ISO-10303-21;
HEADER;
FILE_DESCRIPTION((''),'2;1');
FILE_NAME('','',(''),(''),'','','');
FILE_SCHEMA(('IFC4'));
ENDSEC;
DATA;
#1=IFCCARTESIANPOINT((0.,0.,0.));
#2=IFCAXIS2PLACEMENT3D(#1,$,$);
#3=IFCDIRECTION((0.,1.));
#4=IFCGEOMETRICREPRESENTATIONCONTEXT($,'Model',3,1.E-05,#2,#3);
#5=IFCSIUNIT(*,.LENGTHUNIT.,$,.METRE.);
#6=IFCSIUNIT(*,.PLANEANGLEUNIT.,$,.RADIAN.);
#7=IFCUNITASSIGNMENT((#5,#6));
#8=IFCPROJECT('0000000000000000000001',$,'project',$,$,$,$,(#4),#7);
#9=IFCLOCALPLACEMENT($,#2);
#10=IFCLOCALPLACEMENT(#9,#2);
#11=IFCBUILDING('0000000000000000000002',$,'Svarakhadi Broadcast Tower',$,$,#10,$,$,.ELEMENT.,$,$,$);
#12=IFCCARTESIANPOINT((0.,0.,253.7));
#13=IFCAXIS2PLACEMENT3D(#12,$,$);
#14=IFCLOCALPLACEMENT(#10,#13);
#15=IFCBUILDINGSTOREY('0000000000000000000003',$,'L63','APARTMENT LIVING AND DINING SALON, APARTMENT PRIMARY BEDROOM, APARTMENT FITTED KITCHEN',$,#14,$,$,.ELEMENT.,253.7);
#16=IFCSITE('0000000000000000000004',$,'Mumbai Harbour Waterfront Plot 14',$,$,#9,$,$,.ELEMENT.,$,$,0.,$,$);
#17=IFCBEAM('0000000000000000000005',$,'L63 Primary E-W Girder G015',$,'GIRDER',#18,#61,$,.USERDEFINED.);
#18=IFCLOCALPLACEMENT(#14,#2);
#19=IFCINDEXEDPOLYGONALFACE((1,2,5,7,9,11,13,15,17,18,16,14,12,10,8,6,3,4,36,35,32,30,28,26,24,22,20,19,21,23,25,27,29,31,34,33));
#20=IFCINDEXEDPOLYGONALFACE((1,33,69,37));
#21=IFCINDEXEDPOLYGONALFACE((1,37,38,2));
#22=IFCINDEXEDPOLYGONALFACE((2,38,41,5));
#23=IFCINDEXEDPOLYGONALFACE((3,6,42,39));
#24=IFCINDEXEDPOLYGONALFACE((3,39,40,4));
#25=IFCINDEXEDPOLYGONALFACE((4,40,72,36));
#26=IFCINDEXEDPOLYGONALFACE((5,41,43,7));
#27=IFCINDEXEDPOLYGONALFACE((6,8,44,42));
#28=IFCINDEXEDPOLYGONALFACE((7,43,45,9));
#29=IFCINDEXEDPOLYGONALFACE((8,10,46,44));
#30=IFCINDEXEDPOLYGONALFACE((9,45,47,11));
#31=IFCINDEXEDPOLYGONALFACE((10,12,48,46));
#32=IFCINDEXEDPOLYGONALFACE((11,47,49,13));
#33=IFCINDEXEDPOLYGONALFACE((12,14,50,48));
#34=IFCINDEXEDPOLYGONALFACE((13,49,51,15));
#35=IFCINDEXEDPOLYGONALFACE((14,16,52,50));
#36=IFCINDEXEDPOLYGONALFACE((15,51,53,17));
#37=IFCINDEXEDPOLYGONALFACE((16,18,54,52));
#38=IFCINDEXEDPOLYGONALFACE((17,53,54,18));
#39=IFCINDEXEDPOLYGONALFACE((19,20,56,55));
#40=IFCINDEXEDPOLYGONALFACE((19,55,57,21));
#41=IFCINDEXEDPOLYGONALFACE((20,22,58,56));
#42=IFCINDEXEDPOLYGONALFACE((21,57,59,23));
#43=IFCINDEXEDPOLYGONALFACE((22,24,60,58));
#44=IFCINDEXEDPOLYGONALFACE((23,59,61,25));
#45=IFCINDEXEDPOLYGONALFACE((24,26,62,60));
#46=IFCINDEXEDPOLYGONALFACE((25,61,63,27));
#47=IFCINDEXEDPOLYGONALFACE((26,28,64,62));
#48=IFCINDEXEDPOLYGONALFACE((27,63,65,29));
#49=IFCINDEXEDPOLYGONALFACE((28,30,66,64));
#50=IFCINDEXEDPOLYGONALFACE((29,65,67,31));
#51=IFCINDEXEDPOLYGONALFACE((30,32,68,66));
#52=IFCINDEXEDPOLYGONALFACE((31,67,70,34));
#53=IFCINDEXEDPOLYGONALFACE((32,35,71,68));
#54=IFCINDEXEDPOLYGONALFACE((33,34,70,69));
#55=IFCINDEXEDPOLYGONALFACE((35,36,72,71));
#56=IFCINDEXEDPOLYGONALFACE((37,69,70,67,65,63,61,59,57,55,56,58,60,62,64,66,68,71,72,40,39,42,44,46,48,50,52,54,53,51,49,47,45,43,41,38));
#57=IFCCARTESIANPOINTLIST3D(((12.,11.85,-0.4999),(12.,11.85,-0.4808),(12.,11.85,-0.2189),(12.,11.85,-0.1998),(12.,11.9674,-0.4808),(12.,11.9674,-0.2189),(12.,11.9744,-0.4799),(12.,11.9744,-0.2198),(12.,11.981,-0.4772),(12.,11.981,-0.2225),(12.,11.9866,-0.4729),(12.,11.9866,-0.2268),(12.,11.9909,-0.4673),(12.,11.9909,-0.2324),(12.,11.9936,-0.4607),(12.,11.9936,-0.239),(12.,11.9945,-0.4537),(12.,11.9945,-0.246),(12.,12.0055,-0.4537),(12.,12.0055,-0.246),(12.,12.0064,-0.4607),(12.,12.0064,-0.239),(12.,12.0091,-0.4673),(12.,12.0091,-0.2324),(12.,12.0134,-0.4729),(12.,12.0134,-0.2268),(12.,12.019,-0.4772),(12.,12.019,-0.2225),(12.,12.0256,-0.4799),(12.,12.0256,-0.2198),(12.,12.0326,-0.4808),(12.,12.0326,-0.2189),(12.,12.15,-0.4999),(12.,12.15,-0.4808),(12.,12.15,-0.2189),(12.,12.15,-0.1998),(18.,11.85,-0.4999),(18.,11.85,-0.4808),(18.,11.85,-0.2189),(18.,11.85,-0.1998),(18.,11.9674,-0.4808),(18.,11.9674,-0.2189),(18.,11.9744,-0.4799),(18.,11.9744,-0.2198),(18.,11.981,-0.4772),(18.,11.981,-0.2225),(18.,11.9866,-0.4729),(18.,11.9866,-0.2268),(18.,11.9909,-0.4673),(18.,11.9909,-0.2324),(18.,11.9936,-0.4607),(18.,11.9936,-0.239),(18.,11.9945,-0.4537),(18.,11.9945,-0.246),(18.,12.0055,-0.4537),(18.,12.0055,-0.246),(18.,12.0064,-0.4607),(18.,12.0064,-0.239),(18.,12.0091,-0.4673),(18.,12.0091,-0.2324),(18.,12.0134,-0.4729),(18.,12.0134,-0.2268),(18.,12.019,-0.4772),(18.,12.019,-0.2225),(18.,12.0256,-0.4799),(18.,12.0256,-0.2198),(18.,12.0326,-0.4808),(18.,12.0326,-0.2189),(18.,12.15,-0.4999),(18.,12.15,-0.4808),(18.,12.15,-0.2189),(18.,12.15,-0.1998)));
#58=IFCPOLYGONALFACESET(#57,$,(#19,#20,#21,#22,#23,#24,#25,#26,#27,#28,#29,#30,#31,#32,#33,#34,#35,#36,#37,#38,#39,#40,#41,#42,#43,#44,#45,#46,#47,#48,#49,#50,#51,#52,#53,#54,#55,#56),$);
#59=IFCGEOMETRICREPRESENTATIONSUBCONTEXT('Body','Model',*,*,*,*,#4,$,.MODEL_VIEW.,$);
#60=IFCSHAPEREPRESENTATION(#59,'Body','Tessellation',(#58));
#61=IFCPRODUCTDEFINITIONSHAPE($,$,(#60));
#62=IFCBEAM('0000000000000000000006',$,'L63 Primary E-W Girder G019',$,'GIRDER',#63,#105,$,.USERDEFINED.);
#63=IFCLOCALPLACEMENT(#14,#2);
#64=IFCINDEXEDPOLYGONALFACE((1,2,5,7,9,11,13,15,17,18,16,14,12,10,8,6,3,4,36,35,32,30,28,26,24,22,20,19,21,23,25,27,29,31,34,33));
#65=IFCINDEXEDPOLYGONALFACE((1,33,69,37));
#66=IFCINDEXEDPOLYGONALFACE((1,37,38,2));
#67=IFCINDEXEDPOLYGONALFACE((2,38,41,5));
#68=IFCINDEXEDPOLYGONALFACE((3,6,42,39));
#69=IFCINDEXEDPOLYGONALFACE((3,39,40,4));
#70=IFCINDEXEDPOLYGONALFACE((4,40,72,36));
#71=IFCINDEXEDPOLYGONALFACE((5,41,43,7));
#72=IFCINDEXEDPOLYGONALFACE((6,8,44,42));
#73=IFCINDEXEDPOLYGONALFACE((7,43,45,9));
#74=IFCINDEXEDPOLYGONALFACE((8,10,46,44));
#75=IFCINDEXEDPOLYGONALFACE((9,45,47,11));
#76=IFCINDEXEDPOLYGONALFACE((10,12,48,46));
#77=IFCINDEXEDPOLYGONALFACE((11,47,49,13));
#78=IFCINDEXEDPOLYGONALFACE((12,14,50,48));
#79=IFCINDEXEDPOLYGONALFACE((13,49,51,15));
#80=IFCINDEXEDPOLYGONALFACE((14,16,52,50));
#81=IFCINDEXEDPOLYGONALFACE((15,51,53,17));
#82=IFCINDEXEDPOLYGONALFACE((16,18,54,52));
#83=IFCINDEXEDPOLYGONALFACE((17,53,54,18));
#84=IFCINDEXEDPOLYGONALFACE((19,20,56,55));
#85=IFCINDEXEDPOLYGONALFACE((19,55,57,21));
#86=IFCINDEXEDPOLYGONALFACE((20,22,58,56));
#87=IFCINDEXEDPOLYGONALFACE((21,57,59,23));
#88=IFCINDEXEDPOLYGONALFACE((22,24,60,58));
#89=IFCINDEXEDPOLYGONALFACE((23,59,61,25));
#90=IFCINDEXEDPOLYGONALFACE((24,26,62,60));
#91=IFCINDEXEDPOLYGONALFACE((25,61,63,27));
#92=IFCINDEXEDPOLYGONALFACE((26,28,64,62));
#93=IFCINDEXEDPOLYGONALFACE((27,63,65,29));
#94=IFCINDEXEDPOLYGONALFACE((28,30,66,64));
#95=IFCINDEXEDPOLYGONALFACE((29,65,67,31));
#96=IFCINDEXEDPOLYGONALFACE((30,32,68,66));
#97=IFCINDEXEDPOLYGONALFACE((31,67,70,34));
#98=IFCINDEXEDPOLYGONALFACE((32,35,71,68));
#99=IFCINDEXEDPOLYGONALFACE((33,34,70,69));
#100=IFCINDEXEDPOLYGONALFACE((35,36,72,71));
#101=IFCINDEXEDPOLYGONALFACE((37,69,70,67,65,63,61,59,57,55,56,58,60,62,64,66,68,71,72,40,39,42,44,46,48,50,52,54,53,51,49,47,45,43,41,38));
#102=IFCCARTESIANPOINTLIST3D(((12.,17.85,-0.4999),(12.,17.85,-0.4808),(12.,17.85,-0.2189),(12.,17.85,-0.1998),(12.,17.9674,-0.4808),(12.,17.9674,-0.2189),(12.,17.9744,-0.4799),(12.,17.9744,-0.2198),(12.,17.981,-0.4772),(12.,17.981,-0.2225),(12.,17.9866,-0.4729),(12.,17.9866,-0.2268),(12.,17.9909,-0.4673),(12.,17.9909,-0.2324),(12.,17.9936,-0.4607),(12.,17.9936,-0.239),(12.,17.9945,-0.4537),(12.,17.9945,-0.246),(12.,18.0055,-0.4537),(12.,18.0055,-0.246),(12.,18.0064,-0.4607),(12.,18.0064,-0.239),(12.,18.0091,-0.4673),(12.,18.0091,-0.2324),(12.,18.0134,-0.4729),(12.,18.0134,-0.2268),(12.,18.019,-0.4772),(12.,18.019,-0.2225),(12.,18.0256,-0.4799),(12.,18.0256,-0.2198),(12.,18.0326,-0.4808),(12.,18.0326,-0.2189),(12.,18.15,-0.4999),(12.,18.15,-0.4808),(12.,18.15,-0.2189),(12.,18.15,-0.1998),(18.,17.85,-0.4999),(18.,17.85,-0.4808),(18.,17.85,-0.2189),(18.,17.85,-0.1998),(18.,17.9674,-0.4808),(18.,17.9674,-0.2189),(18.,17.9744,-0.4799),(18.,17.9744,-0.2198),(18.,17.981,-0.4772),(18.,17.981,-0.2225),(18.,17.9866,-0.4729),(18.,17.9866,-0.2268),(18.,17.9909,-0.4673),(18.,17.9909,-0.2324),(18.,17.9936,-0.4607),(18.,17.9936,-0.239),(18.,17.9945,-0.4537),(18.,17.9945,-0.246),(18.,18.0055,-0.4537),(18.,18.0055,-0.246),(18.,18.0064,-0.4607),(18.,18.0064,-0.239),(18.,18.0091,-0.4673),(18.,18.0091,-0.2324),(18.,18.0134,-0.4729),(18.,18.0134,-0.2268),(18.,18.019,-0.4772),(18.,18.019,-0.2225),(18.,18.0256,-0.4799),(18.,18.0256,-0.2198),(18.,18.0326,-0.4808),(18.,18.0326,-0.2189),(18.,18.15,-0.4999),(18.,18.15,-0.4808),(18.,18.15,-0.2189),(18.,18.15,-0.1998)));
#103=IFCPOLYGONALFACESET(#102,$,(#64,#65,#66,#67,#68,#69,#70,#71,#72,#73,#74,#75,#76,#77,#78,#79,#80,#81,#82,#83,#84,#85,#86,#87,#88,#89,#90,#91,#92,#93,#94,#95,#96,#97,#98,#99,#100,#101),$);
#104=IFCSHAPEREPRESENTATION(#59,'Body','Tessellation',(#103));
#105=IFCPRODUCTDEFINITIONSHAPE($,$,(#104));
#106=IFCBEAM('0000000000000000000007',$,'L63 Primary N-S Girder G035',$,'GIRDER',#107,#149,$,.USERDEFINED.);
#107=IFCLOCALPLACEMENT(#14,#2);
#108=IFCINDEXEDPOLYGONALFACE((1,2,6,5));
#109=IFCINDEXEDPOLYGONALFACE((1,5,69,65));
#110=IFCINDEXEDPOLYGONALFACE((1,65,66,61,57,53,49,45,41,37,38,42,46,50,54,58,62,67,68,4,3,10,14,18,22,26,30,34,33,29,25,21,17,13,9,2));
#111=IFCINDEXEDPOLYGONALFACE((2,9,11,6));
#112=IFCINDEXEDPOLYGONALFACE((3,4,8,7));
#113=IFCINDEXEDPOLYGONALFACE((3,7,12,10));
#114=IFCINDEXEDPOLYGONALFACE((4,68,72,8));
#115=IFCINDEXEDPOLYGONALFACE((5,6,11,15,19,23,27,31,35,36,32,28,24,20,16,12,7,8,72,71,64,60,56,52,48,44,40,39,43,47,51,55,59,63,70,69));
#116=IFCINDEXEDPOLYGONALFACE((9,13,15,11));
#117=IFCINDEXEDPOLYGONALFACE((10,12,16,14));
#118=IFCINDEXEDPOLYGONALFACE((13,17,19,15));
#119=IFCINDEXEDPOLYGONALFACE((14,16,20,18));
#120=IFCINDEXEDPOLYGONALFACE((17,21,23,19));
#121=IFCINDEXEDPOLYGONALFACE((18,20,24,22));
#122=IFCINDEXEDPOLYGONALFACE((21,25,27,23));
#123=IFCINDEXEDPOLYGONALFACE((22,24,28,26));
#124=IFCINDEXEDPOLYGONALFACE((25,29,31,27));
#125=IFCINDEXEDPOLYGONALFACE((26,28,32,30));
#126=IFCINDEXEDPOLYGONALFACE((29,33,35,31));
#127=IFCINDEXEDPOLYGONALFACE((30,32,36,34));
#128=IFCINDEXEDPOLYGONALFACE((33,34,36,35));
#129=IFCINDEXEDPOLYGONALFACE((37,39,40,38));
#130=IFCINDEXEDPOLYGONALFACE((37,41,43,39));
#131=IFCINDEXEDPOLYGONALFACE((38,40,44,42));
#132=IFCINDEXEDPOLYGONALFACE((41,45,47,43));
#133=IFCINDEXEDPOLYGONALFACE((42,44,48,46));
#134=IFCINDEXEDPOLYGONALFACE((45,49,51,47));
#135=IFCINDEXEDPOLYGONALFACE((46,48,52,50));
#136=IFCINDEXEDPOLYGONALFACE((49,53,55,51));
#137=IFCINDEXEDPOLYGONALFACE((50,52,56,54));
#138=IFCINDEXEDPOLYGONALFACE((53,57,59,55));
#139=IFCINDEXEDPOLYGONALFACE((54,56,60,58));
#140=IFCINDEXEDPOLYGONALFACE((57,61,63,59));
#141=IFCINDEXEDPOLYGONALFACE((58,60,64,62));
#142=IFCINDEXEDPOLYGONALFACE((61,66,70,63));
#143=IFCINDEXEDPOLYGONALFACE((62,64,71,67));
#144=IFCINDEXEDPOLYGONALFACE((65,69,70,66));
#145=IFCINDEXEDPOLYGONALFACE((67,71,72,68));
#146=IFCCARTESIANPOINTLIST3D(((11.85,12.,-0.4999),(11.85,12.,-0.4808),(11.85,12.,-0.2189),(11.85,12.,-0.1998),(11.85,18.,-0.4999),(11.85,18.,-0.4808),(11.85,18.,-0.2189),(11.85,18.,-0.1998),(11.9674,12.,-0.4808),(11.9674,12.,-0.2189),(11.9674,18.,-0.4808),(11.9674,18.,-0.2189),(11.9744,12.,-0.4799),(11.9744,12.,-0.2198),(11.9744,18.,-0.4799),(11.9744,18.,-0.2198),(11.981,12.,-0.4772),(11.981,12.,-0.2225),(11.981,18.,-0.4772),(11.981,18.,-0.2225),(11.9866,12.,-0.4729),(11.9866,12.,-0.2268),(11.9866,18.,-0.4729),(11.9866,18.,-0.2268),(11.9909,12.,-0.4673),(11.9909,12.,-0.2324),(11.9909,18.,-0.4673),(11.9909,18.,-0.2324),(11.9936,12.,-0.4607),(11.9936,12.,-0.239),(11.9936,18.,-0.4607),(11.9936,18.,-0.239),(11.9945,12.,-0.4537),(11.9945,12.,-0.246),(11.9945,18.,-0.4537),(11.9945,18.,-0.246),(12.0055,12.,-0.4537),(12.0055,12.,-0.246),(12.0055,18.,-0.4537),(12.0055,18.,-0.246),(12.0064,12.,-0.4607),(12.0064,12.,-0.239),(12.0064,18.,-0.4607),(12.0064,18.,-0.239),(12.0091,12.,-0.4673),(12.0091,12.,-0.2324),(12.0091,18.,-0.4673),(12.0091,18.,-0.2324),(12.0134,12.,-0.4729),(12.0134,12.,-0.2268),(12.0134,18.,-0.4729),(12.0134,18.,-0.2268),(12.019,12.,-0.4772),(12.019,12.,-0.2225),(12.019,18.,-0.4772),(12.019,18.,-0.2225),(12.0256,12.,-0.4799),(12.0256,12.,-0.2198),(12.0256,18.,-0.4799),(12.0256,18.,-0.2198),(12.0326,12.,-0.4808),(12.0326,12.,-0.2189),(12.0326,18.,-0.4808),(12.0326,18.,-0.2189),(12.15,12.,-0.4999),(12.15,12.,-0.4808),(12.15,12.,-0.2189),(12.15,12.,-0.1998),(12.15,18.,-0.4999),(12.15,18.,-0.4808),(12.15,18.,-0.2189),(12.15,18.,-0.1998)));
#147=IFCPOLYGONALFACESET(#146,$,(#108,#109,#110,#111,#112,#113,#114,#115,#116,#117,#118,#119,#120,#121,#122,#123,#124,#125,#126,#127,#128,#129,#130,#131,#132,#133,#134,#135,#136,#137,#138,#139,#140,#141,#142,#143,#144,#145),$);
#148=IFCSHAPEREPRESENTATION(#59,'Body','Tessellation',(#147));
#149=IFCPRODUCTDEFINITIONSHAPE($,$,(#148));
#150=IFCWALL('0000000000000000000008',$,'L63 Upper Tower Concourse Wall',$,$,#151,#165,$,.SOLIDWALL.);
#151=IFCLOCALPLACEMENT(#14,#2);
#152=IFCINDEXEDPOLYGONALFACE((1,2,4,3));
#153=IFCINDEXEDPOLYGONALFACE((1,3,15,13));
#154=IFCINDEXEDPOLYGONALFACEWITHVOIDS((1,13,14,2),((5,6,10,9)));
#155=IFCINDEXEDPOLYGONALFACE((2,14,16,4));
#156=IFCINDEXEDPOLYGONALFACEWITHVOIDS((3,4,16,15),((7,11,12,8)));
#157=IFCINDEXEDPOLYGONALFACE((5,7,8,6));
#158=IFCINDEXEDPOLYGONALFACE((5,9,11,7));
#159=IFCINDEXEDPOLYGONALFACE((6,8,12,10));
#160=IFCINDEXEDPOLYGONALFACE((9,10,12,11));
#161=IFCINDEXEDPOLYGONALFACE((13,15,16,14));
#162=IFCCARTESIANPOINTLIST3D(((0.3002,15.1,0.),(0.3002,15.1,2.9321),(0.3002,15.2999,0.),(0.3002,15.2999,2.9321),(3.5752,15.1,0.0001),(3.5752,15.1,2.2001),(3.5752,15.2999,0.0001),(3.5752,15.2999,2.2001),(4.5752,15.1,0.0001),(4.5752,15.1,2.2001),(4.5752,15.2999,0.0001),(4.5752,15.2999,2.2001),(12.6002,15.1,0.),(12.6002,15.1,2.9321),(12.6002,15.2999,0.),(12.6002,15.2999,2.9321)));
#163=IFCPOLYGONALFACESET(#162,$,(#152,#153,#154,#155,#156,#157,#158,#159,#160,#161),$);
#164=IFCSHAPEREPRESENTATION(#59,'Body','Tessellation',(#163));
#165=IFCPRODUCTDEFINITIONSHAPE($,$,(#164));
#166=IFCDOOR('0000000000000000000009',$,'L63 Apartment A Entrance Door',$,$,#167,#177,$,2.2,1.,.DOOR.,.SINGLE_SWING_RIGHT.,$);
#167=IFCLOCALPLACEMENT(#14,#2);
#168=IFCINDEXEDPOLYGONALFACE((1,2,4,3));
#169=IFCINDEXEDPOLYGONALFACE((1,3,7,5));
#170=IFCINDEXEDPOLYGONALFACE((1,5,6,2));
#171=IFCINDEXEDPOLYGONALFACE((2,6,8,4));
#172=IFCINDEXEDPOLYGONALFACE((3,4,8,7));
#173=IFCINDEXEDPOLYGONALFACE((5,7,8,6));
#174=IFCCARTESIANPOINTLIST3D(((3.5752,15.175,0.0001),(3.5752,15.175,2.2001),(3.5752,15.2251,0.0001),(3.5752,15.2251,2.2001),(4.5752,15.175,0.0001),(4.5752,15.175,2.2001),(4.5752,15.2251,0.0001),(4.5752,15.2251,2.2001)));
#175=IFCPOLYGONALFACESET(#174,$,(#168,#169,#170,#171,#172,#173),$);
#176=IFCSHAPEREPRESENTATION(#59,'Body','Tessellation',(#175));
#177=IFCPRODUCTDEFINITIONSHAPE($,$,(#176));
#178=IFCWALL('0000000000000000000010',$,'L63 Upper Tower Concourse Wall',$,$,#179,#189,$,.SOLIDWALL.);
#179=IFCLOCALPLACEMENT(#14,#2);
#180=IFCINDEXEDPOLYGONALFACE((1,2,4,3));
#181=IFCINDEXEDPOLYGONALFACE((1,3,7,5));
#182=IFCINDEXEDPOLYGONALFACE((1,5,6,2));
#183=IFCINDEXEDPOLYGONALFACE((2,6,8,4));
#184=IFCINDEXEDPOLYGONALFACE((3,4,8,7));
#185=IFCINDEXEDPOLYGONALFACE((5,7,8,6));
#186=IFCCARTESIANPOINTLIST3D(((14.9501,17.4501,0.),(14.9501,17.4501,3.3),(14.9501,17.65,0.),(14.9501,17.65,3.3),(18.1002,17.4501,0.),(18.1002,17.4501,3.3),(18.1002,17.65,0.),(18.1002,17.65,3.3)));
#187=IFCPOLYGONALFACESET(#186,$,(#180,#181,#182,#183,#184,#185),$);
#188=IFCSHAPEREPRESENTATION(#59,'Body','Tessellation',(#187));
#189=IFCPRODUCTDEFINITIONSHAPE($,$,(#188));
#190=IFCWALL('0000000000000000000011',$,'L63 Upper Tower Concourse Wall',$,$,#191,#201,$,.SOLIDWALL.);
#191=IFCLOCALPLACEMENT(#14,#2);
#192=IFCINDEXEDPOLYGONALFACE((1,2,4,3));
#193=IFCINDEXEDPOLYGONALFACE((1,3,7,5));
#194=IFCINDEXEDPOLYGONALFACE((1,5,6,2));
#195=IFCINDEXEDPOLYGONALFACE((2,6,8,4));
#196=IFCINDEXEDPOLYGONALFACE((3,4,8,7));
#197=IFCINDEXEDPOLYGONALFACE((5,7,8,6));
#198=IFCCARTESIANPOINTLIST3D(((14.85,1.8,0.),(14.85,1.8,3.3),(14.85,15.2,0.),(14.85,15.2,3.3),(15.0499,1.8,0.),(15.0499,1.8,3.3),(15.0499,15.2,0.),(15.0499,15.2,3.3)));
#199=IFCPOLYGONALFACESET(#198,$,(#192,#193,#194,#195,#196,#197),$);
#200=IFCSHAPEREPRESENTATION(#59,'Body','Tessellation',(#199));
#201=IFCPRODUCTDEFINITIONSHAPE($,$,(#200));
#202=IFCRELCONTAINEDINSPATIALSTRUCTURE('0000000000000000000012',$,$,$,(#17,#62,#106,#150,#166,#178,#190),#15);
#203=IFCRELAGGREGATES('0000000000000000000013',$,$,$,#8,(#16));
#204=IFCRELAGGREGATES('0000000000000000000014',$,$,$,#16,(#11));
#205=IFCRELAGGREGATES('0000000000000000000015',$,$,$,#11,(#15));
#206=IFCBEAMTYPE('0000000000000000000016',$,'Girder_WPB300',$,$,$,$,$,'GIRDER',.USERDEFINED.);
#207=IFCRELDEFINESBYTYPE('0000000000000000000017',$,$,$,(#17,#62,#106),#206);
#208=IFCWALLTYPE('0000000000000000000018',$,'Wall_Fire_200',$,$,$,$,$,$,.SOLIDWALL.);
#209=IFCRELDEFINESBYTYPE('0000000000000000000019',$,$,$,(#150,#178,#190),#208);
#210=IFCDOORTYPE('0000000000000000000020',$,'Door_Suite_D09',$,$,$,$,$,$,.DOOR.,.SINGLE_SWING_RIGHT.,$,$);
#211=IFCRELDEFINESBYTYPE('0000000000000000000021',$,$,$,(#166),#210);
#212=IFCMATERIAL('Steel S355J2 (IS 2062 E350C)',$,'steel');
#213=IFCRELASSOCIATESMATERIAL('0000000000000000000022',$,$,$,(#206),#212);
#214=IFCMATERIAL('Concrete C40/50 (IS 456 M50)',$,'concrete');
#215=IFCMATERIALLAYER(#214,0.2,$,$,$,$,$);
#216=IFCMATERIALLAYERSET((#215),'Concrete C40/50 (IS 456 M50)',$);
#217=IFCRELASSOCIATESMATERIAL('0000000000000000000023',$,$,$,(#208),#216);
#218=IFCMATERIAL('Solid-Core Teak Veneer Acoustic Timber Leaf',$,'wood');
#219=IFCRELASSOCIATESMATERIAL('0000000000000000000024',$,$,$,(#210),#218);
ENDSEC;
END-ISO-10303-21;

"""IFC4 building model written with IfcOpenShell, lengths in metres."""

from ifc_helpers import new_model, si_unit, direction, frame, frame_2d, origin, origin_2d, place, context, subcontext, project, spatial, rectangle, i_section, extrude, material, layer, layer_set, material_profile, profile_set, type_object, element, fill, save


model = new_model("IFC4")

# Units and contexts
model_context = context("Model", 3, precision=1e-05, world=origin(), true_north=direction((0.0, 1.0)))
body_context = subcontext(model_context, "Body", "Model", "MODEL_VIEW")
ifc_project = project(units=[si_unit("LENGTHUNIT", "METRE"), si_unit("PLANEANGLEUNIT", "RADIAN")], contexts=[model_context])

# Site, building, storey
site_placement = place(None, origin())
site = spatial("IfcSite", under=ifc_project, at=site_placement, Name="Mumbai Harbour Waterfront Plot 14", CompositionType="ELEMENT", RefElevation=0.0)
building_placement = place(site_placement, origin())
building = spatial("IfcBuilding", under=site, at=building_placement, Name="Svarakhadi Broadcast Tower", CompositionType="ELEMENT")
storey_placement = place(building_placement, frame((0.0, 0.0, 253.7)))
storey = spatial("IfcBuildingStorey", under=building, at=storey_placement, Name="L63", Description="APARTMENT LIVING AND DINING SALON, APARTMENT PRIMARY BEDROOM, APARTMENT FITTED KITCHEN", CompositionType="ELEMENT", Elevation=253.7)

# Beams
ifc_material_1 = material(Name="Steel S355J2 (IS 2062 E350C)", Category="steel")
ifc_material_profile_1 = material_profile(ifc_material_1, i_section(OverallWidth=0.3, OverallDepth=0.3, WebThickness=0.011, FlangeThickness=0.019, FilletRadius=0.0271, at=origin_2d()), Name="WPB 300x300x117")
ifc_profile_set_1 = profile_set([ifc_material_profile_1], Name="Steel S355J2 (IS 2062 E350C)")
beam_type_1 = type_object("IfcBeamType", Name="Girder_WPB300", ElementType="GIRDER", PredefinedType="USERDEFINED", material=ifc_profile_set_1)
for number, where, z_axis, x_axis, name in (
    (1, (12.0, 12.0, -0.3499), (1.0, 0.0, 0.0), (0.0, 1.0, 0.0), "L63 Primary E-W Girder G015"),
    (2, (12.0, 18.0, -0.3499), (1.0, 0.0, 0.0), (0.0, 1.0, 0.0), "L63 Primary E-W Girder G019"),
    (3, (12.0, 12.0, -0.3499), (0.0, 1.0, 0.0), (-1.0, 0.0, 0.0), "L63 Primary N-S Girder G035"),
):
    element("IfcBeam", number, at=place(storey_placement, frame(where, z_axis=z_axis, x_axis=x_axis)), inside=storey, type_object=beam_type_1, Name=name, ObjectType="GIRDER", PredefinedType="USERDEFINED", context=body_context, shape_type="SweptSolid", body=[
        extrude(i_section(OverallWidth=0.3, OverallDepth=0.3, WebThickness=0.011, FlangeThickness=0.019, FilletRadius=0.0271, at=origin_2d()), origin(), (0.0, 0.0, 1.0), 6.0),
    ])

# Wall, opening, door
ifc_material_2 = material(Name="Concrete C40/50 (IS 456 M50)", Category="concrete")
ifc_layer_1 = layer(ifc_material_2, 0.2)
ifc_layer_set_1 = layer_set([ifc_layer_1], Name="Concrete C40/50 (IS 456 M50)")
wall_type_1 = type_object("IfcWallType", Name="Wall_Fire_200", PredefinedType="SOLIDWALL", material=ifc_layer_set_1)
wall_1_placement = place(storey_placement, frame((12.6001, 15.2, 0.0), z_axis=(0.0, 0.0, 1.0), x_axis=(-1.0, 0.0, 0.0)))
wall_1 = element("IfcWall", 4, at=wall_1_placement, inside=storey, type_object=wall_type_1, Name="L63 Upper Tower Concourse Wall", PredefinedType="SOLIDWALL", context=body_context, shape_type="SweptSolid", body=[
    extrude(rectangle(XDim=12.3, YDim=0.2, at=frame_2d((6.1499, 0.0))), origin(), (0.0, 0.0, 1.0), 2.9321),
])
opening_1_placement = place(wall_1_placement, frame((8.0249, 0.0, 0.0)))
opening_1 = element("IfcOpeningElement", 5, at=opening_1_placement, cuts=wall_1, PredefinedType="OPENING", context=body_context, shape_type="SweptSolid", body=[
    extrude(rectangle(XDim=1.0, YDim=2.2, at=frame_2d((0.5, 1.1001))), frame((0.0, 0.1099, 0.0), z_axis=(0.0, -1.0, 0.0), x_axis=(1.0, 0.0, 0.0)), (0.0, 0.0, 1.0), 0.22),
])
ifc_material_3 = material(Name="Solid-Core Teak Veneer Acoustic Timber Leaf", Category="wood")
door_type_1 = type_object("IfcDoorType", Name="Door_Suite_D09", OperationType="SINGLE_SWING_RIGHT", PredefinedType="DOOR", material=ifc_material_3)
door_1_placement = place(opening_1_placement, origin())
door_1 = element("IfcDoor", 6, at=door_1_placement, inside=storey, type_object=door_type_1, Name="L63 Apartment A Entrance Door", OperationType="SINGLE_SWING_RIGHT", OverallHeight=2.2, OverallWidth=1.0, PredefinedType="DOOR", context=body_context, shape_type="SweptSolid", body=[
    extrude(rectangle(XDim=1.0, YDim=2.2, at=frame_2d((0.5, 1.1001))), frame((0.0, 0.0249, 0.0), z_axis=(0.0, -1.0, 0.0), x_axis=(1.0, 0.0, 0.0)), (0.0, 0.0, 1.0), 0.05),
])
fill(opening_1, door_1)

# Walls
wall_2_placement = place(storey_placement, frame((14.95, 17.55, 0.0), z_axis=(0.0, 0.0, 1.0), x_axis=(1.0, 0.0, 0.0)))
element("IfcWall", 7, at=wall_2_placement, inside=storey, type_object=wall_type_1, Name="L63 Upper Tower Concourse Wall", PredefinedType="SOLIDWALL", context=body_context, shape_type="SweptSolid", body=[
    extrude(rectangle(XDim=3.1501, YDim=0.2, at=frame_2d((1.5752, 0.0))), origin(), (0.0, 0.0, 1.0), 3.3),
])
wall_3_placement = place(storey_placement, frame((14.95, 15.2, 0.0), z_axis=(0.0, 0.0, 1.0), x_axis=(0.0, -1.0, 0.0)))
element("IfcWall", 8, at=wall_3_placement, inside=storey, type_object=wall_type_1, Name="L63 Upper Tower Concourse Wall", PredefinedType="SOLIDWALL", context=body_context, shape_type="SweptSolid", body=[
    extrude(rectangle(XDim=13.3999, YDim=0.2, at=frame_2d((6.7, 0.0))), origin(), (0.0, 0.0, 1.0), 3.3),
])

save(model, "model.ifc")
